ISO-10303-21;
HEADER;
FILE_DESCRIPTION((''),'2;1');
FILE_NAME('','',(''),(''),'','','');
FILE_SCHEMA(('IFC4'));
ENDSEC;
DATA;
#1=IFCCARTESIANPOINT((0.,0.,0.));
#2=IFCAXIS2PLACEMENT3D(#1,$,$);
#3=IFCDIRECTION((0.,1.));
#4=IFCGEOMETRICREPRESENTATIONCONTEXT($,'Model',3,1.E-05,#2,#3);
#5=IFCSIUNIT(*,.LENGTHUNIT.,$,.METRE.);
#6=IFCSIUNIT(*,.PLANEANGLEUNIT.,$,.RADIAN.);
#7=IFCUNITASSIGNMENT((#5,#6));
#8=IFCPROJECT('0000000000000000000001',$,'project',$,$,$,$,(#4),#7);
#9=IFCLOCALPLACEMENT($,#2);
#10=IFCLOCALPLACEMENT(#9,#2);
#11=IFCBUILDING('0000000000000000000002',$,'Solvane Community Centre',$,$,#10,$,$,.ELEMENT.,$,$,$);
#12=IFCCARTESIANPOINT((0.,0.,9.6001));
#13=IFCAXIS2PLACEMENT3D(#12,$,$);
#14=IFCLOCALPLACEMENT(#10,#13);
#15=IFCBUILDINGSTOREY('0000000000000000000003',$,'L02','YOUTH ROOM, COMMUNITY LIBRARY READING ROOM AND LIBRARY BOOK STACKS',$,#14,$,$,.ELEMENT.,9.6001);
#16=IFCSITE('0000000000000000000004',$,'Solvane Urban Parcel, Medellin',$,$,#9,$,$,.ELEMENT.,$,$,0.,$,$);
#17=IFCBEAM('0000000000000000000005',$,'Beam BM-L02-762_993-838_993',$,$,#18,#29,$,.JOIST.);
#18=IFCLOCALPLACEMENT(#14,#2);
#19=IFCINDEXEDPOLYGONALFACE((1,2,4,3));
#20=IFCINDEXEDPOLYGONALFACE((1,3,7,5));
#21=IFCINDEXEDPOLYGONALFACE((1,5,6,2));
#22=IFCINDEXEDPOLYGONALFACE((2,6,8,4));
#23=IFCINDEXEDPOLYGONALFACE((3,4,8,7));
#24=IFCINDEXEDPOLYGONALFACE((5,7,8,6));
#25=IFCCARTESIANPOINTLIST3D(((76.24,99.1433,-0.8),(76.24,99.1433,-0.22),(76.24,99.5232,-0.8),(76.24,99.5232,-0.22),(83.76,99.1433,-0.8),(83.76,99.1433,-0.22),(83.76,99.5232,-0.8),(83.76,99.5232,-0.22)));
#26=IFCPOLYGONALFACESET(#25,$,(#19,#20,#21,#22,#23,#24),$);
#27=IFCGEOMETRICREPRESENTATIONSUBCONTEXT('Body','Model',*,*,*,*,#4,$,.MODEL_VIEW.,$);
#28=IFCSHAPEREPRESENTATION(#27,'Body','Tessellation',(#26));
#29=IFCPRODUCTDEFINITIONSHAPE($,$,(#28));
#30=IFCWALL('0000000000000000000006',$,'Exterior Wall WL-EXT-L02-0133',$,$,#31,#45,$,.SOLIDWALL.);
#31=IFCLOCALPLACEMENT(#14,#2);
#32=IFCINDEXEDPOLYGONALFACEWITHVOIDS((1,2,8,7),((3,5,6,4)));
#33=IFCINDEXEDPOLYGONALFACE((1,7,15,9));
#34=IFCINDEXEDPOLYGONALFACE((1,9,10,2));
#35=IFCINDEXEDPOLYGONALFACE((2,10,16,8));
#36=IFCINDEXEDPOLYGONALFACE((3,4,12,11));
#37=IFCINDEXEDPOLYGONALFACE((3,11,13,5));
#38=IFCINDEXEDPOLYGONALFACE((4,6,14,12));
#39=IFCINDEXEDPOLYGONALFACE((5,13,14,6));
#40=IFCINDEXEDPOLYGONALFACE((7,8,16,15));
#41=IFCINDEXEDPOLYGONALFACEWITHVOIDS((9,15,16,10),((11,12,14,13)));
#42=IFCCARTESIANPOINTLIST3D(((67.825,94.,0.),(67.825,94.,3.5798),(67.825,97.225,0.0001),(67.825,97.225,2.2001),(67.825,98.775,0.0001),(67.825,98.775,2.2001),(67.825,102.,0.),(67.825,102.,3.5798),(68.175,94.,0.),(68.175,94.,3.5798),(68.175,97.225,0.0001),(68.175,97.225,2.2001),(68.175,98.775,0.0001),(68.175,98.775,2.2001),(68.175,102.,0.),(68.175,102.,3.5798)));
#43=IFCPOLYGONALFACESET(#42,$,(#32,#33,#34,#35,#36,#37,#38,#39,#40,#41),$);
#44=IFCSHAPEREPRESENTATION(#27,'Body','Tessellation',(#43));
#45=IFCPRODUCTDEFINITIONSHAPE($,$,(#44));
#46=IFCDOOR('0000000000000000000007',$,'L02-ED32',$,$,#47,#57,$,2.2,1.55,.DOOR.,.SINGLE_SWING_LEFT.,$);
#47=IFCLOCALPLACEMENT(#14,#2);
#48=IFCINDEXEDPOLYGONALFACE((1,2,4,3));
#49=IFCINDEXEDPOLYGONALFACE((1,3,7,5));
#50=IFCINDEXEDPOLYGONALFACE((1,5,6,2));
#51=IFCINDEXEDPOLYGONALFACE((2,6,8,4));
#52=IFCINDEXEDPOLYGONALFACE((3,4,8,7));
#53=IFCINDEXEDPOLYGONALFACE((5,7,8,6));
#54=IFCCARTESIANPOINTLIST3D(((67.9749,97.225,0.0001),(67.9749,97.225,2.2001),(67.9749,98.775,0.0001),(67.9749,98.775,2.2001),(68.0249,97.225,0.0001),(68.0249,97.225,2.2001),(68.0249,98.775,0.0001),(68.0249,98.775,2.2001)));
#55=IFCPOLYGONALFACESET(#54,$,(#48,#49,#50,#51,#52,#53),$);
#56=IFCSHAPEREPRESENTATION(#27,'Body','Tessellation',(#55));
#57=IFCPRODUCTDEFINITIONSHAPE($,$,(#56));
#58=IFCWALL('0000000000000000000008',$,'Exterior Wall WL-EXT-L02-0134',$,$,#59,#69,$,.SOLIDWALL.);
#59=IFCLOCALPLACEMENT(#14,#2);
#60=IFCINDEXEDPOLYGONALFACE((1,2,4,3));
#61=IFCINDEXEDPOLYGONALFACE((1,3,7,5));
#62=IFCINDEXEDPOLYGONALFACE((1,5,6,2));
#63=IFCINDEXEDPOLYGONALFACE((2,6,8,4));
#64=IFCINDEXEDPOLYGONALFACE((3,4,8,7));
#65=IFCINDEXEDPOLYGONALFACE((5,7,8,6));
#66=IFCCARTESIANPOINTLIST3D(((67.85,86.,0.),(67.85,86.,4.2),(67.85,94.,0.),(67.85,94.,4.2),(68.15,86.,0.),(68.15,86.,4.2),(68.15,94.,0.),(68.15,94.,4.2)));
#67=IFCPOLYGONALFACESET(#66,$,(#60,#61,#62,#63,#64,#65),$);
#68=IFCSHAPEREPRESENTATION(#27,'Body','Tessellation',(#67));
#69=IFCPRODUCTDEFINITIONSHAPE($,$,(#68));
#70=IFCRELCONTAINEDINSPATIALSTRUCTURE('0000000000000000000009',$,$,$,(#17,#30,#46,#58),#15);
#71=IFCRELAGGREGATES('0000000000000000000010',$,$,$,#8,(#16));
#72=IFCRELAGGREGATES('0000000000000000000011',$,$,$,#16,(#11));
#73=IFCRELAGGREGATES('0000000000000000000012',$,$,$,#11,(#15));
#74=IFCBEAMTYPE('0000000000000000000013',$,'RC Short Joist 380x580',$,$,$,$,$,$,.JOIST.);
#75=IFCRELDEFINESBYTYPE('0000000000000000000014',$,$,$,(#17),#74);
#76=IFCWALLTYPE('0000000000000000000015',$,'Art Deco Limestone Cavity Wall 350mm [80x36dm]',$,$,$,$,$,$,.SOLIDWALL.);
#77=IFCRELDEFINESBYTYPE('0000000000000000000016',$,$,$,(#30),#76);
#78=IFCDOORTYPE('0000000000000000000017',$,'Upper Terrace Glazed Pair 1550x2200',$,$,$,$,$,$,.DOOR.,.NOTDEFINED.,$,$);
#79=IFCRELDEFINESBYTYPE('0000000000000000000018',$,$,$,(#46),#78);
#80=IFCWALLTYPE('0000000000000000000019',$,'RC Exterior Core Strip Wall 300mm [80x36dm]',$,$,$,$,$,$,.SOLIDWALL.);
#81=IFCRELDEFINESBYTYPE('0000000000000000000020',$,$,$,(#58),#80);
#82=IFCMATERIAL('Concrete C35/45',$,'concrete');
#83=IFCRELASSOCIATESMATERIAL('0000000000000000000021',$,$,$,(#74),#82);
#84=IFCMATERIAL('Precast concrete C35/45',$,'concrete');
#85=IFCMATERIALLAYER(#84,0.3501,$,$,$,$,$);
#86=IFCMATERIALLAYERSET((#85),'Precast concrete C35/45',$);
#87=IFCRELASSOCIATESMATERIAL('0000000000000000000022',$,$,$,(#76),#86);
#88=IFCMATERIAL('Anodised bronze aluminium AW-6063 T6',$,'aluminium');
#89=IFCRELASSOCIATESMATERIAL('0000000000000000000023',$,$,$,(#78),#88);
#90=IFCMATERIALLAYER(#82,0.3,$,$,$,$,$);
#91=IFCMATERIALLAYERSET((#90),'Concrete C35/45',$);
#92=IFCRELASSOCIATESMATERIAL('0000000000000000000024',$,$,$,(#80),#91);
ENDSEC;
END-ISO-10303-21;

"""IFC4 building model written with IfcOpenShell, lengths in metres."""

from ifc_helpers import new_model, si_unit, direction, frame, frame_2d, origin, origin_2d, place, context, subcontext, project, spatial, rectangle, extrude, material, layer, layer_set, material_profile, profile_set, type_object, element, fill, save


model = new_model("IFC4")

# Units and contexts
model_context = context("Model", 3, precision=1e-05, world=origin(), true_north=direction((0.0, 1.0)))
body_context = subcontext(model_context, "Body", "Model", "MODEL_VIEW")
ifc_project = project(units=[si_unit("LENGTHUNIT", "METRE"), si_unit("PLANEANGLEUNIT", "RADIAN")], contexts=[model_context])

# Site, building, storey
site_placement = place(None, origin())
site = spatial("IfcSite", under=ifc_project, at=site_placement, Name="Solvane Urban Parcel, Medellin", CompositionType="ELEMENT", RefElevation=0.0)
building_placement = place(site_placement, origin())
building = spatial("IfcBuilding", under=site, at=building_placement, Name="Solvane Community Centre", CompositionType="ELEMENT")
storey_placement = place(building_placement, frame((0.0, 0.0, 9.6001)))
storey = spatial("IfcBuildingStorey", under=building, at=storey_placement, Name="L02", Description="YOUTH ROOM, COMMUNITY LIBRARY READING ROOM AND LIBRARY BOOK STACKS", CompositionType="ELEMENT", Elevation=9.6001)

# Beam
ifc_material_1 = material(Name="Concrete C35/45", Category="concrete")
ifc_material_profile_1 = material_profile(ifc_material_1, rectangle(XDim=0.3799, YDim=0.5801, at=origin_2d()), Name="RC 380x580")
ifc_profile_set_1 = profile_set([ifc_material_profile_1], Name="Concrete C35/45")
beam_type_1 = type_object("IfcBeamType", Name="RC Short Joist 380x580", PredefinedType="JOIST", material=ifc_profile_set_1)
for number, where, z_axis, x_axis, name in (
    (1, (76.24, 99.3333, -0.51), (1.0, 0.0, 0.0), (0.0, 1.0, 0.0), "Beam BM-L02-762_993-838_993"),
):
    element("IfcBeam", number, at=place(storey_placement, frame(where, z_axis=z_axis, x_axis=x_axis)), inside=storey, type_object=beam_type_1, Name=name, PredefinedType="JOIST", context=body_context, shape_type="SweptSolid", body=[
        extrude(rectangle(XDim=0.3799, YDim=0.5801, at=origin_2d()), origin(), (0.0, 0.0, 1.0), 7.52),
    ])

# Wall, opening, door
ifc_material_2 = material(Name="Precast concrete C35/45", Category="concrete")
ifc_layer_1 = layer(ifc_material_2, 0.3501)
ifc_layer_set_1 = layer_set([ifc_layer_1], Name="Precast concrete C35/45")
wall_type_1 = type_object("IfcWallType", Name="Art Deco Limestone Cavity Wall 350mm [80x36dm]", PredefinedType="SOLIDWALL", material=ifc_layer_set_1)
wall_1_placement = place(storey_placement, frame((68.0, 102.0, 0.0), z_axis=(0.0, 0.0, 1.0), x_axis=(0.0, -1.0, 0.0)))
wall_1 = element("IfcWall", 2, at=wall_1_placement, inside=storey, type_object=wall_type_1, Name="Exterior Wall WL-EXT-L02-0133", PredefinedType="SOLIDWALL", context=body_context, shape_type="SweptSolid", body=[
    extrude(rectangle(XDim=8.0, YDim=0.3501, at=frame_2d((4.0, 0.0))), origin(), (0.0, 0.0, 1.0), 3.5798),
])
opening_placement = place(wall_1_placement, frame((3.2251, 0.0, 0.0)))
opening = element("IfcOpeningElement", 3, at=opening_placement, cuts=wall_1, PredefinedType="OPENING", context=body_context, shape_type="SweptSolid", body=[
    extrude(rectangle(XDim=1.55, YDim=2.2, at=frame_2d((0.7749, 1.1001))), frame((0.0, 0.1851, 0.0), z_axis=(0.0, -1.0, 0.0), x_axis=(1.0, 0.0, 0.0)), (0.0, 0.0, 1.0), 0.3701),
])
ifc_material_3 = material(Name="Anodised bronze aluminium AW-6063 T6", Category="aluminium")
door_type = type_object("IfcDoorType", Name="Upper Terrace Glazed Pair 1550x2200", OperationType="NOTDEFINED", PredefinedType="DOOR", material=ifc_material_3)
door_placement = place(opening_placement, origin())
door = element("IfcDoor", 4, at=door_placement, inside=storey, type_object=door_type, Name="L02-ED32", OperationType="SINGLE_SWING_LEFT", OverallHeight=2.2, OverallWidth=1.55, PredefinedType="DOOR", context=body_context, shape_type="SweptSolid", body=[
    extrude(rectangle(XDim=1.55, YDim=2.2, at=frame_2d((0.7749, 1.1001))), frame((0.0, 0.0249, 0.0), z_axis=(0.0, -1.0, 0.0), x_axis=(1.0, 0.0, 0.0)), (0.0, 0.0, 1.0), 0.05),
])
fill(opening, door)

# Wall
ifc_layer_2 = layer(ifc_material_1, 0.3)
ifc_layer_set_2 = layer_set([ifc_layer_2], Name="Concrete C35/45")
wall_type_2 = type_object("IfcWallType", Name="RC Exterior Core Strip Wall 300mm [80x36dm]", PredefinedType="SOLIDWALL", material=ifc_layer_set_2)
wall_2_placement = place(storey_placement, frame((68.0, 94.0, 0.0), z_axis=(0.0, 0.0, 1.0), x_axis=(0.0, -1.0, 0.0)))
element("IfcWall", 5, at=wall_2_placement, inside=storey, type_object=wall_type_2, Name="Exterior Wall WL-EXT-L02-0134", PredefinedType="SOLIDWALL", context=body_context, shape_type="SweptSolid", body=[
    extrude(rectangle(XDim=8.0, YDim=0.3, at=frame_2d((4.0, 0.0))), origin(), (0.0, 0.0, 1.0), 4.2),
])

save(model, "model.ifc")
